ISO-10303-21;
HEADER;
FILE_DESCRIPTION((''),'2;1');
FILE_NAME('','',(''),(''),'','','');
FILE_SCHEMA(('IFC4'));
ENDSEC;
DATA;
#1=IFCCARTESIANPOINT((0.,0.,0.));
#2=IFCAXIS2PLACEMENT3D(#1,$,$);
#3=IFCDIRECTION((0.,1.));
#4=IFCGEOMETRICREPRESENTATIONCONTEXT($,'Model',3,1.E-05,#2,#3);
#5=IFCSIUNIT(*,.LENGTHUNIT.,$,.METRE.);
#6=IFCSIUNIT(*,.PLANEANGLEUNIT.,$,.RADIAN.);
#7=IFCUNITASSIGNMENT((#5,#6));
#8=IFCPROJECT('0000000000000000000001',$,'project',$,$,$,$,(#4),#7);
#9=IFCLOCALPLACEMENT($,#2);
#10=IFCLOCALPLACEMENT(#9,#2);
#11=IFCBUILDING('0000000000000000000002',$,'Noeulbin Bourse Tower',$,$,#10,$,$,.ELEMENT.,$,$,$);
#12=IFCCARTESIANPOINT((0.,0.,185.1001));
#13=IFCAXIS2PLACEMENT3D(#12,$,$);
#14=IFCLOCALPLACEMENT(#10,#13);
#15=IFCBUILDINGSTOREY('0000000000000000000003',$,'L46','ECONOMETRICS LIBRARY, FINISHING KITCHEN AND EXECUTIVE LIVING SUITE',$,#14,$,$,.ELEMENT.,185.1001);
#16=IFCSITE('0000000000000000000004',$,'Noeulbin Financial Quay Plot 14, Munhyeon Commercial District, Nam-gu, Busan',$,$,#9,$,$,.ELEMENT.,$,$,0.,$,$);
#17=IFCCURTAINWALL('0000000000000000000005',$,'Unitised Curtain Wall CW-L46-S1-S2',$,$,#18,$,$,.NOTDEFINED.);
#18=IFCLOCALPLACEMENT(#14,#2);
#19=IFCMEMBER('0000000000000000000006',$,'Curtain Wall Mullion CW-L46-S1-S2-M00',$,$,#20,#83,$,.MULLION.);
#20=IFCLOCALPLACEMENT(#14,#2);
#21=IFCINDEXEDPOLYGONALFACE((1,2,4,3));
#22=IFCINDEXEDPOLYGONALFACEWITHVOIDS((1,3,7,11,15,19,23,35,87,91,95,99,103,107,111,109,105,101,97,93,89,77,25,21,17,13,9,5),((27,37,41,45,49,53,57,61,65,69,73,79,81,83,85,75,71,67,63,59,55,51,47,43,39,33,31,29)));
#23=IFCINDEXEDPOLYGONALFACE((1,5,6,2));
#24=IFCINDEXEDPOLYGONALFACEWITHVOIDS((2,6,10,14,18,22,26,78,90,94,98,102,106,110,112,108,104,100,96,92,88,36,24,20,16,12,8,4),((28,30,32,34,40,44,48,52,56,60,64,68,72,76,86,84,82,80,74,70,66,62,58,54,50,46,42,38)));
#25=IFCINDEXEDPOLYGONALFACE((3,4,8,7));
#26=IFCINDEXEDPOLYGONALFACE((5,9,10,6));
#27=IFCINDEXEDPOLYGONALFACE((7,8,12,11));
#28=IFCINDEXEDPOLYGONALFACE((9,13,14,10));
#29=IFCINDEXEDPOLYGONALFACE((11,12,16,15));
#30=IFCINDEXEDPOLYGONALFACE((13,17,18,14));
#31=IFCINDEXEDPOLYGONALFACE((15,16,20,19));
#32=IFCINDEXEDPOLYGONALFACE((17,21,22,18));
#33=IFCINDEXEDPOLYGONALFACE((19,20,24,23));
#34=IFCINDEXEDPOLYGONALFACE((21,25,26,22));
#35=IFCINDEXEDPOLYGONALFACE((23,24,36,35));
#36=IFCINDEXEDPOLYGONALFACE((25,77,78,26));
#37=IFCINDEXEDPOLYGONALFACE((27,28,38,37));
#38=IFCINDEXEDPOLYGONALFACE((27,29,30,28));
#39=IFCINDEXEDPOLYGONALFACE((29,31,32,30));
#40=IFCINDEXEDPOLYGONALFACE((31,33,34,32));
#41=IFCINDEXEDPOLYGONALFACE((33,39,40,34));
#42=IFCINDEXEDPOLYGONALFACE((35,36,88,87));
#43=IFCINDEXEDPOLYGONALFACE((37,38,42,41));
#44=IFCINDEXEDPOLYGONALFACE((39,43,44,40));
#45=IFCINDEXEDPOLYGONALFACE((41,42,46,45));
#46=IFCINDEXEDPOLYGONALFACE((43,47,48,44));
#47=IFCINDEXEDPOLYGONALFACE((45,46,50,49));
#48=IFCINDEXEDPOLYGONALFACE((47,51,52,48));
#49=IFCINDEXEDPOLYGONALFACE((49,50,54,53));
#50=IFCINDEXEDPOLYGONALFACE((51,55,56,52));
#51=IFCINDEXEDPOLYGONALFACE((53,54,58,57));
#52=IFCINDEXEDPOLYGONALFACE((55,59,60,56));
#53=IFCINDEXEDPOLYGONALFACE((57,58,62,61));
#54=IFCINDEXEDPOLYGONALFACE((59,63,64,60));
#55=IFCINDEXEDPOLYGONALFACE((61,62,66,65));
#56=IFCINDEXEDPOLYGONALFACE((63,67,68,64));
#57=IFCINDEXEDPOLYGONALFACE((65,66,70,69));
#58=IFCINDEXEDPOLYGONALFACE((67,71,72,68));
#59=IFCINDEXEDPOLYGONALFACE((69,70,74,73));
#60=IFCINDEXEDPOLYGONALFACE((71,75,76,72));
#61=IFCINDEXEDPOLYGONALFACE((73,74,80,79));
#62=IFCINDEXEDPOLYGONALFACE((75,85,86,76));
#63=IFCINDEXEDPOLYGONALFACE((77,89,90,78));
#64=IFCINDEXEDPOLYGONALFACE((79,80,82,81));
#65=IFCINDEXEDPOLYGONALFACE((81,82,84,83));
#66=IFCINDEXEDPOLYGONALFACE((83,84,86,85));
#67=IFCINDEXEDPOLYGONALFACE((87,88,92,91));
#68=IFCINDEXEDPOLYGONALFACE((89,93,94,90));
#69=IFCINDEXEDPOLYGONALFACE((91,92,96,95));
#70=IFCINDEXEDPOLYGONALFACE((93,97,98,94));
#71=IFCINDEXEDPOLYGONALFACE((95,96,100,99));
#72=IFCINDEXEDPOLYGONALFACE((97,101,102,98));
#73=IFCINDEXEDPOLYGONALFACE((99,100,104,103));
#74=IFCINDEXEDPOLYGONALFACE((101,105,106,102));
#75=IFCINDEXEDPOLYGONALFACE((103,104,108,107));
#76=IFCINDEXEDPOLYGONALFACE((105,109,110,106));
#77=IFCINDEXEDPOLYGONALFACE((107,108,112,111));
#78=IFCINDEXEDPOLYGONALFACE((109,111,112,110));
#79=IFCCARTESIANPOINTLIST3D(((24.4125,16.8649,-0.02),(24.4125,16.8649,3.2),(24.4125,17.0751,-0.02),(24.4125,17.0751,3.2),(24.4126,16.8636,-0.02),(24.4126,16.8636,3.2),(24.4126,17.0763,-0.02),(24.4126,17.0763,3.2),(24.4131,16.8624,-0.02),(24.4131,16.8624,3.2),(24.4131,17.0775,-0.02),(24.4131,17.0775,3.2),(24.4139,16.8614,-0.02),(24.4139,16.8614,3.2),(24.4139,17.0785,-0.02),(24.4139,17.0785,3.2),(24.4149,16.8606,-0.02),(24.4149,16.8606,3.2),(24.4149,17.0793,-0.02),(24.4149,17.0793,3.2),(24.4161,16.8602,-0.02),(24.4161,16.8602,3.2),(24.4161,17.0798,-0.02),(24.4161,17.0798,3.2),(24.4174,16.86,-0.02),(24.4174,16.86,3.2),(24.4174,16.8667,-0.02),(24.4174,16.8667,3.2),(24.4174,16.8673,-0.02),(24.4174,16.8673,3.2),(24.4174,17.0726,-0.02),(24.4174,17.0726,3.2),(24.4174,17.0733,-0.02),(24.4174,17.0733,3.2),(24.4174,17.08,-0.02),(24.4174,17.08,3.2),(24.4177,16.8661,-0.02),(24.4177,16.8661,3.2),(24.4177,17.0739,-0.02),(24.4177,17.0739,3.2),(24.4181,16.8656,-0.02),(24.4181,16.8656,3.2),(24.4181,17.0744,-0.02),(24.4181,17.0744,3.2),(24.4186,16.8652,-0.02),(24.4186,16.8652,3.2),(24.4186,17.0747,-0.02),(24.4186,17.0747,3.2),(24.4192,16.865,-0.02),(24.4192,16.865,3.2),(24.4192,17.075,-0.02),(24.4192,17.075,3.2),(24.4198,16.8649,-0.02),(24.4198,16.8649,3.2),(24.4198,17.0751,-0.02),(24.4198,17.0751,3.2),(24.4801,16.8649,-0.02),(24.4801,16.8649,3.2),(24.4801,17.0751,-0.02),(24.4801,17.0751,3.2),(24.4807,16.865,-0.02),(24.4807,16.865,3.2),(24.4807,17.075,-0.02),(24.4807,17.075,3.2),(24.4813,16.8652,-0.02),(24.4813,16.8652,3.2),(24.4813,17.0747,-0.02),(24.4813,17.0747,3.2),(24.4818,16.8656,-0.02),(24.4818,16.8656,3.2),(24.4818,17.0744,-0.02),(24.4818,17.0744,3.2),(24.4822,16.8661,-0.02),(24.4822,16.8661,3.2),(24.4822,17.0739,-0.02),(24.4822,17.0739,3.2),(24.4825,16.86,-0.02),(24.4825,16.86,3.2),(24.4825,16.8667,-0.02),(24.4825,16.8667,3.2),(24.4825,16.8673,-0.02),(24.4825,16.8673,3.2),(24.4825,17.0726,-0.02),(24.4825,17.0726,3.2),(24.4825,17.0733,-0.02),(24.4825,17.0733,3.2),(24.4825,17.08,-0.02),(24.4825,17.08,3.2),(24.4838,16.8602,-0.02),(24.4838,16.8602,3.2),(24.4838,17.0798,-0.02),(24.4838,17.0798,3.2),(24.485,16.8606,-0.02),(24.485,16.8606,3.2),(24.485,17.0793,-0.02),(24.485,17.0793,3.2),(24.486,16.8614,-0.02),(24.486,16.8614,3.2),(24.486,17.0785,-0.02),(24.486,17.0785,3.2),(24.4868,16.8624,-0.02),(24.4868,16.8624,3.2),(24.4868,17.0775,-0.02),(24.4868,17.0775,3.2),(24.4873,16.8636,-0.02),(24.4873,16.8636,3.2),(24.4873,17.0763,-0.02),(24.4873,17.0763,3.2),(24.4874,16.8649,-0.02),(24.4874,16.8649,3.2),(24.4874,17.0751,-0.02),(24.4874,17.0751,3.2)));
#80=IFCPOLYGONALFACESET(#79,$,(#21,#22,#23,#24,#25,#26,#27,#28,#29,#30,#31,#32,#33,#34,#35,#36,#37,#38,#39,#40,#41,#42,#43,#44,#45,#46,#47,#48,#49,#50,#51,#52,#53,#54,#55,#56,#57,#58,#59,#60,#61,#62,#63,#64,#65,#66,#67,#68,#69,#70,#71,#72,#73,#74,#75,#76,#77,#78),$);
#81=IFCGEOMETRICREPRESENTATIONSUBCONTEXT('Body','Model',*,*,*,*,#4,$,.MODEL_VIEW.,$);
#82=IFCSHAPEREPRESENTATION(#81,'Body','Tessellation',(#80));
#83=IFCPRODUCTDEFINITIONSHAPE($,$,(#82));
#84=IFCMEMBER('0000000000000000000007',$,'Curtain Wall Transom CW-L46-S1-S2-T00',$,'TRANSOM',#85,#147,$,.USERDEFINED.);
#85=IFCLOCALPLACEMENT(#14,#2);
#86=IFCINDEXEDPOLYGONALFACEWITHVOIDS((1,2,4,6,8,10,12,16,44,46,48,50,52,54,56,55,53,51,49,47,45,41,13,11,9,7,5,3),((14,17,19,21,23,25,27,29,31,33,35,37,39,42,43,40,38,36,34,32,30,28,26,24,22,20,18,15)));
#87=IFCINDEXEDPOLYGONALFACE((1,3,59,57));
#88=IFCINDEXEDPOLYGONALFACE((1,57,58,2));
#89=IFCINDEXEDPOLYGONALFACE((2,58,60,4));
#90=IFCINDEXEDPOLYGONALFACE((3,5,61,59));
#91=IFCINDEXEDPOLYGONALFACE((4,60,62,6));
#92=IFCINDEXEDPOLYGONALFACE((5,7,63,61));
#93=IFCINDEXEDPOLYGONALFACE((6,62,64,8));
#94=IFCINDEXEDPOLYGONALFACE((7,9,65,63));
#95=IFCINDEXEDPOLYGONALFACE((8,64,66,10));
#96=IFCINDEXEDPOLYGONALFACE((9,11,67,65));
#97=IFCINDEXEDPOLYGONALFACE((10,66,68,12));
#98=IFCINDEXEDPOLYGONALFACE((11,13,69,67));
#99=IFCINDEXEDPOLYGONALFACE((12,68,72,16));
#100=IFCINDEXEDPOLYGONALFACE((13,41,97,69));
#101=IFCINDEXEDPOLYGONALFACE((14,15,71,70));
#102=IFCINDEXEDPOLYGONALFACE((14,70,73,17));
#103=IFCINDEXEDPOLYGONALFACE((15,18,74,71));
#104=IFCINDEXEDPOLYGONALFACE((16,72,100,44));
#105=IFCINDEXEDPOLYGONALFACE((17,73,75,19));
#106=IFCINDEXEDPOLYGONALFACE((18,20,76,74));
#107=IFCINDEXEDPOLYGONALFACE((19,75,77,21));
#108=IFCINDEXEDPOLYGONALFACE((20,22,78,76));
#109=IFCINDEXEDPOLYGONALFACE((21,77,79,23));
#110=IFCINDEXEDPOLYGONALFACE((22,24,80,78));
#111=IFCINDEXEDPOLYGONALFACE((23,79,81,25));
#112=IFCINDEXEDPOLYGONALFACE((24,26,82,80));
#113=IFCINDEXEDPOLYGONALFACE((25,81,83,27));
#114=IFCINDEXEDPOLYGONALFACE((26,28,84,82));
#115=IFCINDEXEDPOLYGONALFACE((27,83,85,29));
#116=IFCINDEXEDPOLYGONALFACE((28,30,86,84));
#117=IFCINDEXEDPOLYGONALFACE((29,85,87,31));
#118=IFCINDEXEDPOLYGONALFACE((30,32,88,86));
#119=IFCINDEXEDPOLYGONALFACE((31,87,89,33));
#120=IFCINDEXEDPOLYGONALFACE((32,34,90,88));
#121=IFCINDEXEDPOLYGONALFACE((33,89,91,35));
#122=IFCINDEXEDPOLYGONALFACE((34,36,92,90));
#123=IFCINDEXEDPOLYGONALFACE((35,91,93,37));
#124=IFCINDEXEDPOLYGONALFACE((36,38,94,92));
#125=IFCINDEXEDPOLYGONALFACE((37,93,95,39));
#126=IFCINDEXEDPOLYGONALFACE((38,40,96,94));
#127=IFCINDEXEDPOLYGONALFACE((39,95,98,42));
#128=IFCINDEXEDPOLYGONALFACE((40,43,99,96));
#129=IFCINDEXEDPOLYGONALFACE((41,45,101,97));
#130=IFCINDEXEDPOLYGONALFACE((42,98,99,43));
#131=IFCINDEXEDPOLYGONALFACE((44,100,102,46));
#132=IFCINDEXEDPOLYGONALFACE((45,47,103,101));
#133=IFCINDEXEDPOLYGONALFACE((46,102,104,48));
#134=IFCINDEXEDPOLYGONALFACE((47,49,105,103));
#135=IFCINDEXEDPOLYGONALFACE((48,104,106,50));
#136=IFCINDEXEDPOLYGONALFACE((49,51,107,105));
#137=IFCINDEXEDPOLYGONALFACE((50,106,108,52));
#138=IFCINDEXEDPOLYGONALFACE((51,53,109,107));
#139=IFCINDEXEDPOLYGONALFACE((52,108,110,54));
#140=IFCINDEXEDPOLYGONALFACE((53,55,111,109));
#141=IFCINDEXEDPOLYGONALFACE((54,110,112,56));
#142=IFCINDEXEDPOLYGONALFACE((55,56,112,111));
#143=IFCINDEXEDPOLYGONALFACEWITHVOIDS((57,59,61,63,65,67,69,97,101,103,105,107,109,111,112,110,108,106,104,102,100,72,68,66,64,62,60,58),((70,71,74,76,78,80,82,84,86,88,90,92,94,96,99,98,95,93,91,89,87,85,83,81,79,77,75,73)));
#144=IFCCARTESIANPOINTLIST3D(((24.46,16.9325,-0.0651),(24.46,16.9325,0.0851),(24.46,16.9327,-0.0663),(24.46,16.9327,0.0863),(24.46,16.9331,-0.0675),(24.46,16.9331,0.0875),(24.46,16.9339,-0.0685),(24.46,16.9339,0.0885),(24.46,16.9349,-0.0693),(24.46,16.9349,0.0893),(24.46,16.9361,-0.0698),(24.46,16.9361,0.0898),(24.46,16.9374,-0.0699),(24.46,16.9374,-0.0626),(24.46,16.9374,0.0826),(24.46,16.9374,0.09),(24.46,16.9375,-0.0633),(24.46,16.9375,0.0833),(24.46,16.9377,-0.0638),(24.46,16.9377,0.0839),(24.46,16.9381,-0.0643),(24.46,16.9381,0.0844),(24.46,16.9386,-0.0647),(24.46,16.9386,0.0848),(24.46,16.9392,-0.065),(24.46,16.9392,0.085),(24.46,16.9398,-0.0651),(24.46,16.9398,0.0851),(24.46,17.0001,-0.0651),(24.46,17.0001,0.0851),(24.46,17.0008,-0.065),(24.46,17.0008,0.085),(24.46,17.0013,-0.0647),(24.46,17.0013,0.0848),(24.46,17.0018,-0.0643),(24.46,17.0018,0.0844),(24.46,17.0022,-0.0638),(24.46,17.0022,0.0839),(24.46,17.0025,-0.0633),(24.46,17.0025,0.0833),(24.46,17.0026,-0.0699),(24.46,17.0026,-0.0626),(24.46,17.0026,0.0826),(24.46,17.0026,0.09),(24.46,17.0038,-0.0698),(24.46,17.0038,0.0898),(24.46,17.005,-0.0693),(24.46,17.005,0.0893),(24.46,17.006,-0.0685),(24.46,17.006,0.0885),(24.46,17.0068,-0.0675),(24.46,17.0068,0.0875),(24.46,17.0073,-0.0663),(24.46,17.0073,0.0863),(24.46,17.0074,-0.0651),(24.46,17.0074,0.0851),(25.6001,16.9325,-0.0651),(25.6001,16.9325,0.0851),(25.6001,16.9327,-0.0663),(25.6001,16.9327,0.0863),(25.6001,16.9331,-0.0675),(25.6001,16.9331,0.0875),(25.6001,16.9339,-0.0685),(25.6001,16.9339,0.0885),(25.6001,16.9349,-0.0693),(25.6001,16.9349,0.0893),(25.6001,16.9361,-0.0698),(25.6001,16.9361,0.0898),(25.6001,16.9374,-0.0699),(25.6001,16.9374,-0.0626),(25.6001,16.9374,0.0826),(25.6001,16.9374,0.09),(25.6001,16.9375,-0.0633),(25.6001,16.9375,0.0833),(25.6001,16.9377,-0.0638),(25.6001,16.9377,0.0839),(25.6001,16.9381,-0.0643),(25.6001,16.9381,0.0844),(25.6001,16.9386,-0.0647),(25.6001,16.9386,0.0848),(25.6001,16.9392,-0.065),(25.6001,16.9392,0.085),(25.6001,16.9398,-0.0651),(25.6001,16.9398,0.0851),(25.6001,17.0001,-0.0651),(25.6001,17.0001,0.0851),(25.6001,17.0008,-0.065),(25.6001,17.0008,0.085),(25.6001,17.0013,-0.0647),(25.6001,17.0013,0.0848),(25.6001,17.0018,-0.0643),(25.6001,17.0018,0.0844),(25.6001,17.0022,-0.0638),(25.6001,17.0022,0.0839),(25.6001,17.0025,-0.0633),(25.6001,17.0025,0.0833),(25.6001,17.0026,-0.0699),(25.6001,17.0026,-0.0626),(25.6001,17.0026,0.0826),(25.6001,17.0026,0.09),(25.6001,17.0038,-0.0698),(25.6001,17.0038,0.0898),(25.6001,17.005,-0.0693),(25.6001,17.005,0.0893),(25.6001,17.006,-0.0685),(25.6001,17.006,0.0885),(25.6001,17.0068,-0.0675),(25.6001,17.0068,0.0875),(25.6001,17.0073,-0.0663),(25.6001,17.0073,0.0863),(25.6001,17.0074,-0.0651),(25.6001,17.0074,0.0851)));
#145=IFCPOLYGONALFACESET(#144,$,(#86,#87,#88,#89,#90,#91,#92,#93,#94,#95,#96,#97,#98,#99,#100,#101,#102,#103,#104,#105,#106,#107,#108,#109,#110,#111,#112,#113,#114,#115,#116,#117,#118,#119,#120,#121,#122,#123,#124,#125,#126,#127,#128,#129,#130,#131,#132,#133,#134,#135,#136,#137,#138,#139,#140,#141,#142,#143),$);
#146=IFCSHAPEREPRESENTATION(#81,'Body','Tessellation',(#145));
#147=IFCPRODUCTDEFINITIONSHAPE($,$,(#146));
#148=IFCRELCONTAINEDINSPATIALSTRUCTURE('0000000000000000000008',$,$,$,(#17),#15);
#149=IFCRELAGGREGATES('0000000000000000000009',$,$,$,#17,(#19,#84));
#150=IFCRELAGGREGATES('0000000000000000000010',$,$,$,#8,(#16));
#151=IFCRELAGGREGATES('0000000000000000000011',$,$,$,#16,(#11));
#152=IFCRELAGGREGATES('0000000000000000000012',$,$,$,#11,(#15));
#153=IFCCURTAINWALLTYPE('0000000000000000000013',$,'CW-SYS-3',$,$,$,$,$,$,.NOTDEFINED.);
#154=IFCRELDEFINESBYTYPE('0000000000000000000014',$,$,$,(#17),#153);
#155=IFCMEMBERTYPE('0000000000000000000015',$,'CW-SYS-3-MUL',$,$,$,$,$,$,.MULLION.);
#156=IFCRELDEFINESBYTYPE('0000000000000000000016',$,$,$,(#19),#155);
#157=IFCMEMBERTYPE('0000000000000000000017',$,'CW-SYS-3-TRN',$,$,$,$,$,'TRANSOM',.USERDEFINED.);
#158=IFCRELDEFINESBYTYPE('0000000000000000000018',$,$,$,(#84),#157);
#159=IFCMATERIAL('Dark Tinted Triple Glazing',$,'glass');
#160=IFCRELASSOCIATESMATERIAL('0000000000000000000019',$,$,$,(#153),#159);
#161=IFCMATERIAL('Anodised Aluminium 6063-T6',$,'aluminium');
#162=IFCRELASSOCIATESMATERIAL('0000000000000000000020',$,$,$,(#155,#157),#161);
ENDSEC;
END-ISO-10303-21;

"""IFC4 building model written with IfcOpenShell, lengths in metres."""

from ifc_helpers import new_model, si_unit, direction, frame, origin, origin_2d, place, context, subcontext, project, spatial, hollow_rectangle, extrude, material, material_profile, profile_set, type_object, element, aggregate, save


model = new_model("IFC4")

# Units and contexts
model_context = context("Model", 3, precision=1e-05, world=origin(), true_north=direction((0.0, 1.0)))
body_context = subcontext(model_context, "Body", "Model", "MODEL_VIEW")
ifc_project = project(units=[si_unit("LENGTHUNIT", "METRE"), si_unit("PLANEANGLEUNIT", "RADIAN")], contexts=[model_context])

# Site, building, storey
site_placement = place(None, origin())
site = spatial("IfcSite", under=ifc_project, at=site_placement, Name="Noeulbin Financial Quay Plot 14, Munhyeon Commercial District, Nam-gu, Busan", CompositionType="ELEMENT", RefElevation=0.0)
building_placement = place(site_placement, origin())
building = spatial("IfcBuilding", under=site, at=building_placement, Name="Noeulbin Bourse Tower", CompositionType="ELEMENT")
storey_placement = place(building_placement, frame((0.0, 0.0, 185.1001)))
storey = spatial("IfcBuildingStorey", under=building, at=storey_placement, Name="L46", Description="ECONOMETRICS LIBRARY, FINISHING KITCHEN AND EXECUTIVE LIVING SUITE", CompositionType="ELEMENT", Elevation=185.1001)

# Curtain wall, members
ifc_material_1 = material(Name="Dark Tinted Triple Glazing", Category="glass")
curtain_wall_type = type_object("IfcCurtainWallType", Name="CW-SYS-3", PredefinedType="NOTDEFINED", material=ifc_material_1)
ifc_material_2 = material(Name="Anodised Aluminium 6063-T6", Category="aluminium")
ifc_material_profile_1 = material_profile(ifc_material_2, hollow_rectangle(XDim=0.075, YDim=0.22, WallThickness=0.0049, InnerFilletRadius=0.0024, OuterFilletRadius=0.0049, at=origin_2d()), Name="ALU-MULL-75x220x5", Category="LoadBearing")
ifc_profile_set_1 = profile_set([ifc_material_profile_1], Name="Anodised Aluminium 6063-T6")
member_type_1 = type_object("IfcMemberType", Name="CW-SYS-3-MUL", PredefinedType="MULLION", material=ifc_profile_set_1)
curtain_wall_1_placement = place(storey_placement, origin())
curtain_wall_1 = element("IfcCurtainWall", 1, at=curtain_wall_1_placement, inside=storey, type_object=curtain_wall_type, Name="Unitised Curtain Wall CW-L46-S1-S2", PredefinedType="NOTDEFINED")
member_1_placement = place(storey_placement, frame((24.45, 16.97, -0.02), z_axis=(0.0, 0.0, 1.0), x_axis=(1.0, 0.0, 0.0)))
member_1 = element("IfcMember", 2, at=member_1_placement, type_object=member_type_1, Name="Curtain Wall Mullion CW-L46-S1-S2-M00", PredefinedType="MULLION", context=body_context, shape_type="SweptSolid", body=[
    extrude(hollow_rectangle(XDim=0.075, YDim=0.22, WallThickness=0.0049, InnerFilletRadius=0.0024, OuterFilletRadius=0.0049, at=origin_2d()), origin(), (0.0, 0.0, 1.0), 3.22),
])
ifc_material_profile_2 = material_profile(ifc_material_2, hollow_rectangle(XDim=0.075, YDim=0.1599, WallThickness=0.0049, InnerFilletRadius=0.0024, OuterFilletRadius=0.0049, at=origin_2d()), Name="ALU-TRAN-75x160x5", Category="LoadBearing")
ifc_profile_set_2 = profile_set([ifc_material_profile_2], Name="Anodised Aluminium 6063-T6")
member_type_2 = type_object("IfcMemberType", Name="CW-SYS-3-TRN", ElementType="TRANSOM", PredefinedType="USERDEFINED", material=ifc_profile_set_2)
member_2_placement = place(storey_placement, frame((24.46, 16.97, 0.01), z_axis=(1.0, 0.0, 0.0), x_axis=(0.0, 1.0, 0.0)))
member_2 = element("IfcMember", 3, at=member_2_placement, type_object=member_type_2, Name="Curtain Wall Transom CW-L46-S1-S2-T00", ObjectType="TRANSOM", PredefinedType="USERDEFINED", context=body_context, shape_type="SweptSolid", body=[
    extrude(hollow_rectangle(XDim=0.075, YDim=0.1599, WallThickness=0.0049, InnerFilletRadius=0.0024, OuterFilletRadius=0.0049, at=origin_2d()), origin(), (0.0, 0.0, 1.0), 1.1401),
])
aggregate(curtain_wall_1, [member_1, member_2])

save(model, "model.ifc")
